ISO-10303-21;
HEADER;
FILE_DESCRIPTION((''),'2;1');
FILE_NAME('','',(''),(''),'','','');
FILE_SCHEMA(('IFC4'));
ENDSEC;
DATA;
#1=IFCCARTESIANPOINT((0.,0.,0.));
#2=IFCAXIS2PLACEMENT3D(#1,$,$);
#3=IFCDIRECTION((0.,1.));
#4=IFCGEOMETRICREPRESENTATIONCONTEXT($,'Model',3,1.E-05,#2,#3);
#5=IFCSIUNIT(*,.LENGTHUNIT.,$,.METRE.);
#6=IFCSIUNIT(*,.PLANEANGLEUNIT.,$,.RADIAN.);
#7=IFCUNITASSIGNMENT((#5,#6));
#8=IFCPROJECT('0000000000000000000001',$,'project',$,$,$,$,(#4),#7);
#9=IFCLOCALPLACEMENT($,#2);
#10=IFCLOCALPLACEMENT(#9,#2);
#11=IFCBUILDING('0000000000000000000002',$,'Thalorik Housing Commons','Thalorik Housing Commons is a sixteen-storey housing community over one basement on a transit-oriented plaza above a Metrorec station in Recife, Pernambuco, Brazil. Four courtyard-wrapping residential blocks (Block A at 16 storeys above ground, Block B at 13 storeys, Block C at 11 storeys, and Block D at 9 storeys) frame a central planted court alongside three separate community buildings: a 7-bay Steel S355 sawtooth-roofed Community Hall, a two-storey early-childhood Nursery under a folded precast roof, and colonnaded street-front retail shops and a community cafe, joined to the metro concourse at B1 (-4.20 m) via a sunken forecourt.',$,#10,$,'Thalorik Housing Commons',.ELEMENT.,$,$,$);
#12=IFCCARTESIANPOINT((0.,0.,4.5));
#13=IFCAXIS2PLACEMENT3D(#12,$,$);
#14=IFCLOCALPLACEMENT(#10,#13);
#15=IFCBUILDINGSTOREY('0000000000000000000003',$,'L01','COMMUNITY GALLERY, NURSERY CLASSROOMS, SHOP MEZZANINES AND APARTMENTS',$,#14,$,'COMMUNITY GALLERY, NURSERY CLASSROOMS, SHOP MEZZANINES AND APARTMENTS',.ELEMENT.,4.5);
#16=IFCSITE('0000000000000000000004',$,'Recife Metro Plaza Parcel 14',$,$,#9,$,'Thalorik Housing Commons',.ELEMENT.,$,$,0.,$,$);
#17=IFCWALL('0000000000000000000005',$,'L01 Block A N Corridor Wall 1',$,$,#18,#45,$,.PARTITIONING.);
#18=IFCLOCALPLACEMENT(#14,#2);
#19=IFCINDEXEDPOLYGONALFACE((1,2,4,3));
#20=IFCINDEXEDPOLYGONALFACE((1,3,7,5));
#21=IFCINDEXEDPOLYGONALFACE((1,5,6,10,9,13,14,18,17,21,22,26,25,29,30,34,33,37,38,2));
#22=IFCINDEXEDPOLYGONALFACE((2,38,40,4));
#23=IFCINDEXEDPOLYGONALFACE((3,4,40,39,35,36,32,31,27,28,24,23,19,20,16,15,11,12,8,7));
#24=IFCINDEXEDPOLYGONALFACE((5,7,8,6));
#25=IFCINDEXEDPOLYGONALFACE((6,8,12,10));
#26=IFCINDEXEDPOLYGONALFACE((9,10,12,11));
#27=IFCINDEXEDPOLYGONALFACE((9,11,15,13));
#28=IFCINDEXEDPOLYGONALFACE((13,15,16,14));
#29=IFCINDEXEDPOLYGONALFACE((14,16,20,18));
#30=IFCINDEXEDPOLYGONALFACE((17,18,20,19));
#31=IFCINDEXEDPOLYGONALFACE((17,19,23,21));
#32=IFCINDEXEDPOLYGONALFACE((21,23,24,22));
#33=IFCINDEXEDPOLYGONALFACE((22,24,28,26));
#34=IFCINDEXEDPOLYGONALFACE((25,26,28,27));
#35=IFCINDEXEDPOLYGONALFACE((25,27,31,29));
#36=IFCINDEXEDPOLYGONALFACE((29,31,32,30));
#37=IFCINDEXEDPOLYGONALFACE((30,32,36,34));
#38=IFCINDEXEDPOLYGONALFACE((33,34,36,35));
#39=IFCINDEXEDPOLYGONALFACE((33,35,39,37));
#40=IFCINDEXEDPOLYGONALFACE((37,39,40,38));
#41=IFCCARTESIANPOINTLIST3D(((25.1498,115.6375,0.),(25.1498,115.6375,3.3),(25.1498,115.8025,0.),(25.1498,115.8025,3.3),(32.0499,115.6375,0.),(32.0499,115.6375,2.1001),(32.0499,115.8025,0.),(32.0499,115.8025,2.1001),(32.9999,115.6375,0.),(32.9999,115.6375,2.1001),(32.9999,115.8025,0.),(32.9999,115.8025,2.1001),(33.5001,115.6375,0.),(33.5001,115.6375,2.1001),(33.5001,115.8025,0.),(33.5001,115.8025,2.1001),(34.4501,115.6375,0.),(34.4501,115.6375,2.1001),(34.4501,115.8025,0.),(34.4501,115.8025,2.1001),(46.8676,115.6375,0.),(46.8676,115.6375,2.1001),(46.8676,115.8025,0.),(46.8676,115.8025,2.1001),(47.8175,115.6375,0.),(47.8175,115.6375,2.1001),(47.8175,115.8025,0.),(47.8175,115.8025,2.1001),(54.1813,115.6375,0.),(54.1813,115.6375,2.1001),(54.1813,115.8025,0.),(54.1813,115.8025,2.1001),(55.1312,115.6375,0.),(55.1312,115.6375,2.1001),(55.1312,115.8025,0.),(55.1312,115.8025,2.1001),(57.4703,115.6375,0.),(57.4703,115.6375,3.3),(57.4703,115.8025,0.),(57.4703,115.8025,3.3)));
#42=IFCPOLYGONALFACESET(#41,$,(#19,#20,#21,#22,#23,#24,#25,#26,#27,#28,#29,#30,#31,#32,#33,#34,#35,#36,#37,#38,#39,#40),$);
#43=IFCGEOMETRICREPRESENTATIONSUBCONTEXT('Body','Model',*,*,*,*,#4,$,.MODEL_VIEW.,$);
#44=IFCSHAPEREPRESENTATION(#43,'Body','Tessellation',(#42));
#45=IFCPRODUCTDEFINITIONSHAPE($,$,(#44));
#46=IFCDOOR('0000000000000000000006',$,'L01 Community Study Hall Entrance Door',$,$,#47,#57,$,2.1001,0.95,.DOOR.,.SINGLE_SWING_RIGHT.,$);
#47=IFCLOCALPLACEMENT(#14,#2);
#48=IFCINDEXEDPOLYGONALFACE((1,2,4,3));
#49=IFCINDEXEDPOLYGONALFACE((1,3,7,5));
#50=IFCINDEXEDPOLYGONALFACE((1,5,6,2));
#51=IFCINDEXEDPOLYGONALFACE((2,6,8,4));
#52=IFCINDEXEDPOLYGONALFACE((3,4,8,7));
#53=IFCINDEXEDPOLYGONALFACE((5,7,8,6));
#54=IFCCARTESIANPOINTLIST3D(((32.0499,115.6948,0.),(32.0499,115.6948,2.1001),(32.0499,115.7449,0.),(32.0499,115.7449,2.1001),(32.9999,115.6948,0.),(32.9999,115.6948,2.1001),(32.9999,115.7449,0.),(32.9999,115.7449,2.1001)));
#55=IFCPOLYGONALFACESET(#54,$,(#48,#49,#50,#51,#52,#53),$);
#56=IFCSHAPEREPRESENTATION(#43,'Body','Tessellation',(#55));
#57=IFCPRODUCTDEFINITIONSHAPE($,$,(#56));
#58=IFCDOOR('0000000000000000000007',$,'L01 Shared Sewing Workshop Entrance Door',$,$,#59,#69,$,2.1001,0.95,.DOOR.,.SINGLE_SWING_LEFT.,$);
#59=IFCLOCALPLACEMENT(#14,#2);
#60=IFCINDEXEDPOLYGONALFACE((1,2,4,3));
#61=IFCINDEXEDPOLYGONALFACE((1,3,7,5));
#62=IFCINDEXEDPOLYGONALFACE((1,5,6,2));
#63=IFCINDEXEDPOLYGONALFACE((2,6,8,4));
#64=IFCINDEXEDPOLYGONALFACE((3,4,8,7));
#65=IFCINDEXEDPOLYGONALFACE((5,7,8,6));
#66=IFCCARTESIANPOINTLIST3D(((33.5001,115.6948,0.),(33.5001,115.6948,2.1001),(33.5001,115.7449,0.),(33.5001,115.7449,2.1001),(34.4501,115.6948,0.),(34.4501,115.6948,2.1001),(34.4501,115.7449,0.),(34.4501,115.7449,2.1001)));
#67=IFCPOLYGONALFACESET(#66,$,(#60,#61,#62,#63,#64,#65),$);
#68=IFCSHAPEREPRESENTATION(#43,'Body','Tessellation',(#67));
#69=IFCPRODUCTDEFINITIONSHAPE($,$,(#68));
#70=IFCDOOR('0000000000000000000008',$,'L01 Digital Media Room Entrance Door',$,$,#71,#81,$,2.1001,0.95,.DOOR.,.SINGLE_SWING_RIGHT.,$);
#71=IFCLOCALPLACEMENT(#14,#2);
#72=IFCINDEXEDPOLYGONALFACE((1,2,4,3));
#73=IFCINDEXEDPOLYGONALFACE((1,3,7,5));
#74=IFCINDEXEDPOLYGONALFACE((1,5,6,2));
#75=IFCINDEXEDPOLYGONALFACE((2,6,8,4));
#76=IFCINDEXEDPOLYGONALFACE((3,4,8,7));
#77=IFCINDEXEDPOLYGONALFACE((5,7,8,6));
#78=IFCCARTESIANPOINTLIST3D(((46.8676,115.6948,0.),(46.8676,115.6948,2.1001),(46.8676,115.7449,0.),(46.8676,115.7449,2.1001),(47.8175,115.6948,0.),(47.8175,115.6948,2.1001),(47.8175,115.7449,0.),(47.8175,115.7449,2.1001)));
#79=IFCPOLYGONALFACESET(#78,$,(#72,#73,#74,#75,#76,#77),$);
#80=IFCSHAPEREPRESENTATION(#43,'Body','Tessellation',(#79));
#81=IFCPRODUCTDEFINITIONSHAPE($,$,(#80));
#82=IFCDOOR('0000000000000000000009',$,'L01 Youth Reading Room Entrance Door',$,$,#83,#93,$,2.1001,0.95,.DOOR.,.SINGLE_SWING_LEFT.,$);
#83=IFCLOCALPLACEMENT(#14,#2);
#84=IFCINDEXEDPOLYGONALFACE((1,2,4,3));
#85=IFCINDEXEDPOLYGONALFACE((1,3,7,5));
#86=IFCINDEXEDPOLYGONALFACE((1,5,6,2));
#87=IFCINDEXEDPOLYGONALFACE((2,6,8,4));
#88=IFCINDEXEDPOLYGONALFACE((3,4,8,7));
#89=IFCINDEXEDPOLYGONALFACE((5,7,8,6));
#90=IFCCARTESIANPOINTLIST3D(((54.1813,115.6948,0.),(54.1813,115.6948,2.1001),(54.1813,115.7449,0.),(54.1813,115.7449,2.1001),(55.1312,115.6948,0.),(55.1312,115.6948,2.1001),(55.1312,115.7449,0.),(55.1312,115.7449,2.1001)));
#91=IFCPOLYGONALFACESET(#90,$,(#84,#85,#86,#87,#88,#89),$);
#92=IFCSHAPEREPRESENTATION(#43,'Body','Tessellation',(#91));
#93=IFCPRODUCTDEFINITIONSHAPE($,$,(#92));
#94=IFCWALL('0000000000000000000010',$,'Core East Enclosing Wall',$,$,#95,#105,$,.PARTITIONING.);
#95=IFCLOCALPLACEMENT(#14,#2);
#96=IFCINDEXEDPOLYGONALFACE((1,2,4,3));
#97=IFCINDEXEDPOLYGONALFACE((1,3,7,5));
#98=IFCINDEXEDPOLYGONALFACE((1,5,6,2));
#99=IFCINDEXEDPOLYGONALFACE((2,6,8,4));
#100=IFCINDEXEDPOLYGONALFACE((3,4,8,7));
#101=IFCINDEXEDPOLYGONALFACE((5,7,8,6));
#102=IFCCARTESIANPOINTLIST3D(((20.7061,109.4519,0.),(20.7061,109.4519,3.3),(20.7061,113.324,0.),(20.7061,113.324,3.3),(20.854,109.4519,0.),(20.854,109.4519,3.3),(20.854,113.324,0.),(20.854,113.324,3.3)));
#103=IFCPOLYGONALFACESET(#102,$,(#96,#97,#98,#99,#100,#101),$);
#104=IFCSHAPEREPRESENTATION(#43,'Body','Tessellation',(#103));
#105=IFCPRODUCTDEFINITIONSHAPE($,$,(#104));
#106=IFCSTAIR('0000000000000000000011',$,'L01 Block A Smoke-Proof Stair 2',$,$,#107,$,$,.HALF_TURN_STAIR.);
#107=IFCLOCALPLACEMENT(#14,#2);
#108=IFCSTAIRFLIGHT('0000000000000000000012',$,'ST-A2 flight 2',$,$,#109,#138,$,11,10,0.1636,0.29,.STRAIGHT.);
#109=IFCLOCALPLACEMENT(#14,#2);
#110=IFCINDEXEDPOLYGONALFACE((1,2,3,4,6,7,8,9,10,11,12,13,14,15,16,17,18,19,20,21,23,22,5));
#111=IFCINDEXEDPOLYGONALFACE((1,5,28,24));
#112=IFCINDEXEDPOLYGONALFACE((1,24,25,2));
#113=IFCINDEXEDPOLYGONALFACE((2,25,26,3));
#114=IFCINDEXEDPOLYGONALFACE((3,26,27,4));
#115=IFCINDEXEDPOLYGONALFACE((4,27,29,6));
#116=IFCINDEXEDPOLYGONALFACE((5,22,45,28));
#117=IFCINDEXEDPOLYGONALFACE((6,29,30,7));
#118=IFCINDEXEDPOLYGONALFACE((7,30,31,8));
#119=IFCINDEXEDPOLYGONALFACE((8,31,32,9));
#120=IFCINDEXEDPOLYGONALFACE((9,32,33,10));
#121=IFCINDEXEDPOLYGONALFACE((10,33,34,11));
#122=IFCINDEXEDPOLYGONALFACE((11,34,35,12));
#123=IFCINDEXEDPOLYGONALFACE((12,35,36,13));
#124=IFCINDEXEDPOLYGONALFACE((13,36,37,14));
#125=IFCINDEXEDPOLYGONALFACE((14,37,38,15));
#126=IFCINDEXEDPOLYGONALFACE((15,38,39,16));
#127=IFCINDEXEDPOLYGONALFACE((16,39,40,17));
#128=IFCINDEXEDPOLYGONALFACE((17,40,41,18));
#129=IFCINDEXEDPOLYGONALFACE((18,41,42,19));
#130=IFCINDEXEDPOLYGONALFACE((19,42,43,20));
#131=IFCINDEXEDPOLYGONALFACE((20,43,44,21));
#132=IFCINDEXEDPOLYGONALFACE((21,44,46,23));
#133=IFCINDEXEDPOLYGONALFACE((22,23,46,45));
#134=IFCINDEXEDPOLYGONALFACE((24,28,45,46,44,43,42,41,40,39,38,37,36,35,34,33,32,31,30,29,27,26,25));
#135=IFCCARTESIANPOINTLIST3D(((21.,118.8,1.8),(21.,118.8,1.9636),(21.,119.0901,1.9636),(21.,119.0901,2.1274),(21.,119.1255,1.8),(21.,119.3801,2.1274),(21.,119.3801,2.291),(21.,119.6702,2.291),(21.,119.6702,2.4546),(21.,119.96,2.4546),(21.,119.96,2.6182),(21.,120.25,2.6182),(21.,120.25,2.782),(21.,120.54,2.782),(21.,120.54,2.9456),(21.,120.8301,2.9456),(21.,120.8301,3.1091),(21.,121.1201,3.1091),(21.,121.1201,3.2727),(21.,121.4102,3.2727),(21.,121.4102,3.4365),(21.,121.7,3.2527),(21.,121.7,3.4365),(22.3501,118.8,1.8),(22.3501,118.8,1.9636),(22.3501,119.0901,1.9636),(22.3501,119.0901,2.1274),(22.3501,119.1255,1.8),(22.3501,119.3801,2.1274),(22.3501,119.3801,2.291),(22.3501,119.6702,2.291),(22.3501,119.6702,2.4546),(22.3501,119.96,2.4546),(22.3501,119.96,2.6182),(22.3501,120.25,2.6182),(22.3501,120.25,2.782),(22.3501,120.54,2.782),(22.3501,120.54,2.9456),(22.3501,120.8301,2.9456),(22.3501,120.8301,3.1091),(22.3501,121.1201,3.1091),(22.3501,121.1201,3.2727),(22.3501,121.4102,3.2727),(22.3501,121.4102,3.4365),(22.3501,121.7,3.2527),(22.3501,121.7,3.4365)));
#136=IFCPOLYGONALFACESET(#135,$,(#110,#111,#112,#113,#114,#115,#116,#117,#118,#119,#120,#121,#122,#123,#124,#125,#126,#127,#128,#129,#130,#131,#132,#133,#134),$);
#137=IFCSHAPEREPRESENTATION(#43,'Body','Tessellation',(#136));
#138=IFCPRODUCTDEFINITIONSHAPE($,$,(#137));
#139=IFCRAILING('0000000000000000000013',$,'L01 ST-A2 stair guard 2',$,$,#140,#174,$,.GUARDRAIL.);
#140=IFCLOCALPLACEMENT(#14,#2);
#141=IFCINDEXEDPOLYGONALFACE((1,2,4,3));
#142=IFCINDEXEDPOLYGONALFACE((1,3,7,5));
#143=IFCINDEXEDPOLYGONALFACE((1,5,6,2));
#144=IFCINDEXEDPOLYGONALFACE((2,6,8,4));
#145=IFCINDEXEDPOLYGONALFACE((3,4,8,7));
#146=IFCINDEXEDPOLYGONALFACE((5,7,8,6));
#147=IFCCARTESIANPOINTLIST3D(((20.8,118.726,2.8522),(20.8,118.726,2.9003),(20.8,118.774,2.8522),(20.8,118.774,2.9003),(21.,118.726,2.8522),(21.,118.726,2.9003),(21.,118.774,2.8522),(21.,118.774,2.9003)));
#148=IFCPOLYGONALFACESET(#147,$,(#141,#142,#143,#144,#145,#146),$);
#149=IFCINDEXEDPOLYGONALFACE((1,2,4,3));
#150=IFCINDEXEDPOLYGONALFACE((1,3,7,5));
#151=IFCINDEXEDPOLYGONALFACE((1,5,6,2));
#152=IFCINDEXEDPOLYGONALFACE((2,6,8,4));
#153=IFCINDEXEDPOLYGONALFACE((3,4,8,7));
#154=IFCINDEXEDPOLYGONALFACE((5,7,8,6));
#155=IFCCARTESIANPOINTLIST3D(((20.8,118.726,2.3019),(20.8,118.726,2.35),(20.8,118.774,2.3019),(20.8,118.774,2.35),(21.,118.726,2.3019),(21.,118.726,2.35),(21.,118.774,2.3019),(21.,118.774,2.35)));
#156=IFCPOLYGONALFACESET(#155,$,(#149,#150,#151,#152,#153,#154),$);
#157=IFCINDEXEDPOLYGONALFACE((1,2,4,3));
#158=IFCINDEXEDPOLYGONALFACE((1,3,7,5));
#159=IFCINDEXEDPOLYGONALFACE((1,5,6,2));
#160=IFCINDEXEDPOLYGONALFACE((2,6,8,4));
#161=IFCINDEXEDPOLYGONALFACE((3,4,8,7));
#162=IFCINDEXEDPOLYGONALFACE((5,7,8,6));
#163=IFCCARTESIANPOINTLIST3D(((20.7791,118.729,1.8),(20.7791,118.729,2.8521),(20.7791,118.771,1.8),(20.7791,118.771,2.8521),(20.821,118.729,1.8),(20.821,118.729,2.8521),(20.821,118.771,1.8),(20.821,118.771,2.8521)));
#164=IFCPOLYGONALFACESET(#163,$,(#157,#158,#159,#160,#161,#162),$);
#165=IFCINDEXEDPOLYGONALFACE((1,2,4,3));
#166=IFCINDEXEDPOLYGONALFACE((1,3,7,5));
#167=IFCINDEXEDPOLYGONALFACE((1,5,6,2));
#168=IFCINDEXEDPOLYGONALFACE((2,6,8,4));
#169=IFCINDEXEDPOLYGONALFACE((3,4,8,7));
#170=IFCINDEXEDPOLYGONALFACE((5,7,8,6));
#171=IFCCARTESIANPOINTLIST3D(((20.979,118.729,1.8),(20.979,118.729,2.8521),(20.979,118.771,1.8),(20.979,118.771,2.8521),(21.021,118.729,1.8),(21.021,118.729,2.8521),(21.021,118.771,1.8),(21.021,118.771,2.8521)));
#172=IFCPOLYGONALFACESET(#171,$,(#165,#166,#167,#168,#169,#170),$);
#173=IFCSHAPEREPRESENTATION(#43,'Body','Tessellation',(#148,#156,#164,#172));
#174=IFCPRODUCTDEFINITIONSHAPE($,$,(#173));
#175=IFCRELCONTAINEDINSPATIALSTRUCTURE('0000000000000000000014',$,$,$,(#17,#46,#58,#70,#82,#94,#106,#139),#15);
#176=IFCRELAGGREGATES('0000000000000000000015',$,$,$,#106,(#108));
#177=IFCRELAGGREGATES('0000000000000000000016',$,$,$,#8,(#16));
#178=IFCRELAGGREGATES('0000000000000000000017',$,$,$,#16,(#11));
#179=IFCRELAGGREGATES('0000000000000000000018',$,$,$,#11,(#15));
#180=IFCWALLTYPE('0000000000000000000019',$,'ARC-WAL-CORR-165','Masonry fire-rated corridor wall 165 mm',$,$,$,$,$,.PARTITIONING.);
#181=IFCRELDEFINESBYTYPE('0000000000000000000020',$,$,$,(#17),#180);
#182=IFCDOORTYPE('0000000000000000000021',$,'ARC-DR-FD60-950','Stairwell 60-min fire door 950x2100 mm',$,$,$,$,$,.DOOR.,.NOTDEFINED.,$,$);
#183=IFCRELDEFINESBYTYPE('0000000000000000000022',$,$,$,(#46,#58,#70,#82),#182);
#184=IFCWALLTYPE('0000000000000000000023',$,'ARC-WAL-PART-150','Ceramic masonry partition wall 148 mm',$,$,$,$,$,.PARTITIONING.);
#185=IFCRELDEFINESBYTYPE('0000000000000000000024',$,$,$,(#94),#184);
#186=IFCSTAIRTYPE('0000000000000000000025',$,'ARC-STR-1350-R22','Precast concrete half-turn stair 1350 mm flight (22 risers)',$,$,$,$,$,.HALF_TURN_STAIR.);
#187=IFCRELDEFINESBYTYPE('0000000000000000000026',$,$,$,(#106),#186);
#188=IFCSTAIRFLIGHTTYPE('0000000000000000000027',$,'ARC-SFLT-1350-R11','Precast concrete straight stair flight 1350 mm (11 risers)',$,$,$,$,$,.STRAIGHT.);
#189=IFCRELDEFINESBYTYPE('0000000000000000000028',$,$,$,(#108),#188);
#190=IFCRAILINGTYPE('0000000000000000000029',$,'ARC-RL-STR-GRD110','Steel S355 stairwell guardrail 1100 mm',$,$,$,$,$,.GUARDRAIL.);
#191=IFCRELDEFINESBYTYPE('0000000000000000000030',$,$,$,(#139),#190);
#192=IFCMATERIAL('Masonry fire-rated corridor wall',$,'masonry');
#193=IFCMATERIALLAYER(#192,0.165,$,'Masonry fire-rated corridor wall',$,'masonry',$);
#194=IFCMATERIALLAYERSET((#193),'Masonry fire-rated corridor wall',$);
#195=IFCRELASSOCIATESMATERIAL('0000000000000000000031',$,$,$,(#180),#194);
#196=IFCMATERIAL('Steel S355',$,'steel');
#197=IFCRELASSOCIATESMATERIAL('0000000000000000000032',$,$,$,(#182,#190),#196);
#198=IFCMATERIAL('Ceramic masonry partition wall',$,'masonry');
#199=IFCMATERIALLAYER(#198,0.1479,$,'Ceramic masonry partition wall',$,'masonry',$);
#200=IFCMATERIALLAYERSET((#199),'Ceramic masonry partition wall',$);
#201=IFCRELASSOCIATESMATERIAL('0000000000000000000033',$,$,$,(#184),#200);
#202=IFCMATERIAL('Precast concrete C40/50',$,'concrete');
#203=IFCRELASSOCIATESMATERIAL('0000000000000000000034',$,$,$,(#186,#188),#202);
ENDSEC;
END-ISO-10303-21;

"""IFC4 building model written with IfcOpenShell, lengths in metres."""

from ifc_helpers import new_model, si_unit, direction, frame, frame_2d, origin, origin_2d, place, context, subcontext, project, spatial, polyline, rectangle, outline, extrude, material, layer, layer_set, type_object, element, fill, aggregate, save


model = new_model("IFC4")

# Units and contexts
model_context = context("Model", 3, precision=1e-05, world=origin(), true_north=direction((0.0, 1.0)))
body_context = subcontext(model_context, "Body", "Model", "MODEL_VIEW")
ifc_project = project(units=[si_unit("LENGTHUNIT", "METRE"), si_unit("PLANEANGLEUNIT", "RADIAN")], contexts=[model_context])

# Site, building, storey
site_placement = place(None, origin())
site = spatial("IfcSite", under=ifc_project, at=site_placement, Name="Recife Metro Plaza Parcel 14", LongName="Thalorik Housing Commons", CompositionType="ELEMENT", RefElevation=0.0)
building_placement = place(site_placement, origin())
building = spatial("IfcBuilding", under=site, at=building_placement, Name="Thalorik Housing Commons", Description="Thalorik Housing Commons is a sixteen-storey housing community over one basement on a transit-oriented plaza above a Metrorec station in Recife, Pernambuco, Brazil. Four courtyard-wrapping residential blocks (Block A at 16 storeys above ground, Block B at 13 storeys, Block C at 11 storeys, and Block D at 9 storeys) frame a central planted court alongside three separate community buildings: a 7-bay Steel S355 sawtooth-roofed Community Hall, a two-storey early-childhood Nursery under a folded precast roof, and colonnaded street-front retail shops and a community cafe, joined to the metro concourse at B1 (-4.20 m) via a sunken forecourt.", LongName="Thalorik Housing Commons", CompositionType="ELEMENT")
storey_placement = place(building_placement, frame((0.0, 0.0, 4.5)))
storey = spatial("IfcBuildingStorey", under=building, at=storey_placement, Name="L01", Description="COMMUNITY GALLERY, NURSERY CLASSROOMS, SHOP MEZZANINES AND APARTMENTS", LongName="COMMUNITY GALLERY, NURSERY CLASSROOMS, SHOP MEZZANINES AND APARTMENTS", CompositionType="ELEMENT", Elevation=4.5)

# Shared definitions
ifc_material_1 = material(Name="Precast concrete C40/50", Category="concrete")

# Shared definitions
ifc_material_2 = material(Name="Masonry fire-rated corridor wall", Category="masonry")

# Wall, openings, doors
ifc_layer_1 = layer(ifc_material_2, 0.165, Name="Masonry fire-rated corridor wall", Category="masonry")
ifc_layer_set_1 = layer_set([ifc_layer_1], Name="Masonry fire-rated corridor wall")
wall_type_1 = type_object("IfcWallType", Name="ARC-WAL-CORR-165", Description="Masonry fire-rated corridor wall 165 mm", PredefinedType="PARTITIONING", material=ifc_layer_set_1)
wall_1_placement = place(storey_placement, frame((25.1499, 115.72, 0.0), z_axis=(0.0, 0.0, 1.0), x_axis=(1.0, 0.0, 0.0)))
wall_1 = element("IfcWall", 1, at=wall_1_placement, inside=storey, type_object=wall_type_1, Name="L01 Block A N Corridor Wall 1", PredefinedType="PARTITIONING", context=body_context, shape_type="SweptSolid", body=[
    extrude(rectangle(XDim=32.3206, YDim=0.165, at=frame_2d((16.1602, 0.0))), origin(), (0.0, 0.0, 1.0), 3.3),
])
opening_1_placement = place(wall_1_placement, frame((6.8999, 0.0, 0.0)))
opening_1 = element("IfcOpeningElement", 2, at=opening_1_placement, cuts=wall_1, PredefinedType="OPENING", context=body_context, shape_type="SweptSolid", body=[
    extrude(rectangle(XDim=0.95, YDim=2.1001, at=frame_2d((0.4751, 1.05))), frame((0.0, 0.0925, 0.0), z_axis=(0.0, -1.0, 0.0), x_axis=(1.0, 0.0, 0.0)), (0.0, 0.0, 1.0), 0.1851),
])
opening_2_placement = place(wall_1_placement, frame((8.3501, 0.0, 0.0)))
opening_2 = element("IfcOpeningElement", 3, at=opening_2_placement, cuts=wall_1, PredefinedType="OPENING", context=body_context, shape_type="SweptSolid", body=[
    extrude(rectangle(XDim=0.95, YDim=2.1001, at=frame_2d((0.4751, 1.05))), frame((0.0, 0.0925, 0.0), z_axis=(0.0, -1.0, 0.0), x_axis=(1.0, 0.0, 0.0)), (0.0, 0.0, 1.0), 0.1851),
])
opening_3_placement = place(wall_1_placement, frame((21.7175, 0.0, 0.0)))
opening_3 = element("IfcOpeningElement", 4, at=opening_3_placement, cuts=wall_1, PredefinedType="OPENING", context=body_context, shape_type="SweptSolid", body=[
    extrude(rectangle(XDim=0.95, YDim=2.1001, at=frame_2d((0.4751, 1.05))), frame((0.0, 0.0925, 0.0), z_axis=(0.0, -1.0, 0.0), x_axis=(1.0, 0.0, 0.0)), (0.0, 0.0, 1.0), 0.1851),
])
opening_4_placement = place(wall_1_placement, frame((29.0312, 0.0, 0.0)))
opening_4 = element("IfcOpeningElement", 5, at=opening_4_placement, cuts=wall_1, PredefinedType="OPENING", context=body_context, shape_type="SweptSolid", body=[
    extrude(rectangle(XDim=0.95, YDim=2.1001, at=frame_2d((0.4751, 1.05))), frame((0.0, 0.0925, 0.0), z_axis=(0.0, -1.0, 0.0), x_axis=(1.0, 0.0, 0.0)), (0.0, 0.0, 1.0), 0.1851),
])
ifc_material_3 = material(Name="Steel S355", Category="steel")
door_type_1 = type_object("IfcDoorType", Name="ARC-DR-FD60-950", Description="Stairwell 60-min fire door 950x2100 mm", OperationType="NOTDEFINED", PredefinedType="DOOR", material=ifc_material_3)
door_1_placement = place(opening_1_placement, origin())
door_1 = element("IfcDoor", 6, at=door_1_placement, inside=storey, type_object=door_type_1, Name="L01 Community Study Hall Entrance Door", OperationType="SINGLE_SWING_RIGHT", OverallHeight=2.1001, OverallWidth=0.95, PredefinedType="DOOR", context=body_context, shape_type="SweptSolid", body=[
    extrude(rectangle(XDim=0.95, YDim=2.1001, at=frame_2d((0.4751, 1.05))), frame((0.0, 0.0249, 0.0), z_axis=(0.0, -1.0, 0.0), x_axis=(1.0, 0.0, 0.0)), (0.0, 0.0, 1.0), 0.05),
])
fill(opening_1, door_1)
door_2_placement = place(opening_2_placement, origin())
door_2 = element("IfcDoor", 7, at=door_2_placement, inside=storey, type_object=door_type_1, Name="L01 Shared Sewing Workshop Entrance Door", OperationType="SINGLE_SWING_LEFT", OverallHeight=2.1001, OverallWidth=0.95, PredefinedType="DOOR", context=body_context, shape_type="SweptSolid", body=[
    extrude(rectangle(XDim=0.95, YDim=2.1001, at=frame_2d((0.4751, 1.05))), frame((0.0, 0.0249, 0.0), z_axis=(0.0, -1.0, 0.0), x_axis=(1.0, 0.0, 0.0)), (0.0, 0.0, 1.0), 0.05),
])
fill(opening_2, door_2)
door_3_placement = place(opening_3_placement, origin())
door_3 = element("IfcDoor", 8, at=door_3_placement, inside=storey, type_object=door_type_1, Name="L01 Digital Media Room Entrance Door", OperationType="SINGLE_SWING_RIGHT", OverallHeight=2.1001, OverallWidth=0.95, PredefinedType="DOOR", context=body_context, shape_type="SweptSolid", body=[
    extrude(rectangle(XDim=0.95, YDim=2.1001, at=frame_2d((0.4751, 1.05))), frame((0.0, 0.0249, 0.0), z_axis=(0.0, -1.0, 0.0), x_axis=(1.0, 0.0, 0.0)), (0.0, 0.0, 1.0), 0.05),
])
fill(opening_3, door_3)
door_4_placement = place(opening_4_placement, origin())
door_4 = element("IfcDoor", 9, at=door_4_placement, inside=storey, type_object=door_type_1, Name="L01 Youth Reading Room Entrance Door", OperationType="SINGLE_SWING_LEFT", OverallHeight=2.1001, OverallWidth=0.95, PredefinedType="DOOR", context=body_context, shape_type="SweptSolid", body=[
    extrude(rectangle(XDim=0.95, YDim=2.1001, at=frame_2d((0.4751, 1.05))), frame((0.0, 0.0249, 0.0), z_axis=(0.0, -1.0, 0.0), x_axis=(1.0, 0.0, 0.0)), (0.0, 0.0, 1.0), 0.05),
])
fill(opening_4, door_4)

# Wall
ifc_material_4 = material(Name="Ceramic masonry partition wall", Category="masonry")
ifc_layer_2 = layer(ifc_material_4, 0.1479, Name="Ceramic masonry partition wall", Category="masonry")
ifc_layer_set_2 = layer_set([ifc_layer_2], Name="Ceramic masonry partition wall")
wall_type_2 = type_object("IfcWallType", Name="ARC-WAL-PART-150", Description="Ceramic masonry partition wall 148 mm", PredefinedType="PARTITIONING", material=ifc_layer_set_2)
wall_2_placement = place(storey_placement, frame((20.78, 113.324, 0.0), z_axis=(0.0, 0.0, 1.0), x_axis=(0.0, -1.0, 0.0)))
element("IfcWall", 10, at=wall_2_placement, inside=storey, type_object=wall_type_2, Name="Core East Enclosing Wall", PredefinedType="PARTITIONING", context=body_context, shape_type="SweptSolid", body=[
    extrude(rectangle(XDim=3.8721, YDim=0.1479, at=frame_2d((1.936, 0.0))), origin(), (0.0, 0.0, 1.0), 3.3),
])

# Stair, stair flight
stair_type = type_object("IfcStairType", Name="ARC-STR-1350-R22", Description="Precast concrete half-turn stair 1350 mm flight (22 risers)", PredefinedType="HALF_TURN_STAIR", material=ifc_material_1)
stair_placement = place(storey_placement, origin())
stair = element("IfcStair", 11, at=stair_placement, inside=storey, type_object=stair_type, Name="L01 Block A Smoke-Proof Stair 2", PredefinedType="HALF_TURN_STAIR")
stair_flight_type = type_object("IfcStairFlightType", Name="ARC-SFLT-1350-R11", Description="Precast concrete straight stair flight 1350 mm (11 risers)", PredefinedType="STRAIGHT", material=ifc_material_1)
stair_flight_placement = place(storey_placement, frame((21.675, 118.8, 1.8), z_axis=(0.0, 0.0, 1.0), x_axis=(0.0, 1.0, 0.0)))
stair_flight = element("IfcStairFlight", 12, at=stair_flight_placement, type_object=stair_flight_type, Name="ST-A2 flight 2", NumberOfRisers=11, NumberOfTreads=10, PredefinedType="STRAIGHT", RiserHeight=0.1636, TreadLength=0.29, context=body_context, shape_type="SweptSolid", body=[
    extrude(outline(polyline([(0.0, 0.0), (0.0, 0.1636), (0.29, 0.1636), (0.29, 0.3274), (0.5801, 0.3274), (0.5801, 0.491), (0.8701, 0.491), (0.8701, 0.6545), (1.1599, 0.6545), (1.1599, 0.8181), (1.45, 0.8181), (1.45, 0.9819), (1.74, 0.9819), (1.74, 1.1455), (2.03, 1.1455), (2.03, 1.3091), (2.3201, 1.3091), (2.3201, 1.4727), (2.6101, 1.4727), (2.6101, 1.6365), (2.8999, 1.6365), (2.8999, 1.8), (2.8999, 1.4526), (0.3254, 0.0), (0.0, 0.0)])), frame((0.0, 0.675, 0.0), z_axis=(0.0, -1.0, 0.0), x_axis=(1.0, 0.0, 0.0)), (0.0, 0.0, 1.0), 1.3501),
])
aggregate(stair, [stair_flight])

# Railing
railing_type_1 = type_object("IfcRailingType", Name="ARC-RL-STR-GRD110", Description="Steel S355 stairwell guardrail 1100 mm", PredefinedType="GUARDRAIL", material=ifc_material_3)
railing_1_placement = place(storey_placement, frame((20.8, 118.75, 1.8)))
element("IfcRailing", 13, at=railing_1_placement, inside=storey, type_object=railing_type_1, Name="L01 ST-A2 stair guard 2", PredefinedType="GUARDRAIL", context=body_context, shape_type="SweptSolid", body=[
    extrude(rectangle(XDim=0.0481, YDim=0.0481, at=origin_2d()), frame((0.0, 0.0, 1.0762), z_axis=(1.0, 0.0, 0.0), x_axis=(0.0, 1.0, 0.0)), (0.0, 0.0, 1.0), 0.2),
    extrude(rectangle(XDim=0.0481, YDim=0.0481, at=origin_2d()), frame((0.0, 0.0, 0.5259), z_axis=(1.0, 0.0, 0.0), x_axis=(0.0, 1.0, 0.0)), (0.0, 0.0, 1.0), 0.2),
    extrude(rectangle(XDim=0.042, YDim=0.042, at=origin_2d()), origin(), (0.0, 0.0, 1.0), 1.052),
    extrude(rectangle(XDim=0.042, YDim=0.042, at=origin_2d()), frame((0.2, 0.0, 0.0)), (0.0, 0.0, 1.0), 1.052),
])

save(model, "model.ifc")
